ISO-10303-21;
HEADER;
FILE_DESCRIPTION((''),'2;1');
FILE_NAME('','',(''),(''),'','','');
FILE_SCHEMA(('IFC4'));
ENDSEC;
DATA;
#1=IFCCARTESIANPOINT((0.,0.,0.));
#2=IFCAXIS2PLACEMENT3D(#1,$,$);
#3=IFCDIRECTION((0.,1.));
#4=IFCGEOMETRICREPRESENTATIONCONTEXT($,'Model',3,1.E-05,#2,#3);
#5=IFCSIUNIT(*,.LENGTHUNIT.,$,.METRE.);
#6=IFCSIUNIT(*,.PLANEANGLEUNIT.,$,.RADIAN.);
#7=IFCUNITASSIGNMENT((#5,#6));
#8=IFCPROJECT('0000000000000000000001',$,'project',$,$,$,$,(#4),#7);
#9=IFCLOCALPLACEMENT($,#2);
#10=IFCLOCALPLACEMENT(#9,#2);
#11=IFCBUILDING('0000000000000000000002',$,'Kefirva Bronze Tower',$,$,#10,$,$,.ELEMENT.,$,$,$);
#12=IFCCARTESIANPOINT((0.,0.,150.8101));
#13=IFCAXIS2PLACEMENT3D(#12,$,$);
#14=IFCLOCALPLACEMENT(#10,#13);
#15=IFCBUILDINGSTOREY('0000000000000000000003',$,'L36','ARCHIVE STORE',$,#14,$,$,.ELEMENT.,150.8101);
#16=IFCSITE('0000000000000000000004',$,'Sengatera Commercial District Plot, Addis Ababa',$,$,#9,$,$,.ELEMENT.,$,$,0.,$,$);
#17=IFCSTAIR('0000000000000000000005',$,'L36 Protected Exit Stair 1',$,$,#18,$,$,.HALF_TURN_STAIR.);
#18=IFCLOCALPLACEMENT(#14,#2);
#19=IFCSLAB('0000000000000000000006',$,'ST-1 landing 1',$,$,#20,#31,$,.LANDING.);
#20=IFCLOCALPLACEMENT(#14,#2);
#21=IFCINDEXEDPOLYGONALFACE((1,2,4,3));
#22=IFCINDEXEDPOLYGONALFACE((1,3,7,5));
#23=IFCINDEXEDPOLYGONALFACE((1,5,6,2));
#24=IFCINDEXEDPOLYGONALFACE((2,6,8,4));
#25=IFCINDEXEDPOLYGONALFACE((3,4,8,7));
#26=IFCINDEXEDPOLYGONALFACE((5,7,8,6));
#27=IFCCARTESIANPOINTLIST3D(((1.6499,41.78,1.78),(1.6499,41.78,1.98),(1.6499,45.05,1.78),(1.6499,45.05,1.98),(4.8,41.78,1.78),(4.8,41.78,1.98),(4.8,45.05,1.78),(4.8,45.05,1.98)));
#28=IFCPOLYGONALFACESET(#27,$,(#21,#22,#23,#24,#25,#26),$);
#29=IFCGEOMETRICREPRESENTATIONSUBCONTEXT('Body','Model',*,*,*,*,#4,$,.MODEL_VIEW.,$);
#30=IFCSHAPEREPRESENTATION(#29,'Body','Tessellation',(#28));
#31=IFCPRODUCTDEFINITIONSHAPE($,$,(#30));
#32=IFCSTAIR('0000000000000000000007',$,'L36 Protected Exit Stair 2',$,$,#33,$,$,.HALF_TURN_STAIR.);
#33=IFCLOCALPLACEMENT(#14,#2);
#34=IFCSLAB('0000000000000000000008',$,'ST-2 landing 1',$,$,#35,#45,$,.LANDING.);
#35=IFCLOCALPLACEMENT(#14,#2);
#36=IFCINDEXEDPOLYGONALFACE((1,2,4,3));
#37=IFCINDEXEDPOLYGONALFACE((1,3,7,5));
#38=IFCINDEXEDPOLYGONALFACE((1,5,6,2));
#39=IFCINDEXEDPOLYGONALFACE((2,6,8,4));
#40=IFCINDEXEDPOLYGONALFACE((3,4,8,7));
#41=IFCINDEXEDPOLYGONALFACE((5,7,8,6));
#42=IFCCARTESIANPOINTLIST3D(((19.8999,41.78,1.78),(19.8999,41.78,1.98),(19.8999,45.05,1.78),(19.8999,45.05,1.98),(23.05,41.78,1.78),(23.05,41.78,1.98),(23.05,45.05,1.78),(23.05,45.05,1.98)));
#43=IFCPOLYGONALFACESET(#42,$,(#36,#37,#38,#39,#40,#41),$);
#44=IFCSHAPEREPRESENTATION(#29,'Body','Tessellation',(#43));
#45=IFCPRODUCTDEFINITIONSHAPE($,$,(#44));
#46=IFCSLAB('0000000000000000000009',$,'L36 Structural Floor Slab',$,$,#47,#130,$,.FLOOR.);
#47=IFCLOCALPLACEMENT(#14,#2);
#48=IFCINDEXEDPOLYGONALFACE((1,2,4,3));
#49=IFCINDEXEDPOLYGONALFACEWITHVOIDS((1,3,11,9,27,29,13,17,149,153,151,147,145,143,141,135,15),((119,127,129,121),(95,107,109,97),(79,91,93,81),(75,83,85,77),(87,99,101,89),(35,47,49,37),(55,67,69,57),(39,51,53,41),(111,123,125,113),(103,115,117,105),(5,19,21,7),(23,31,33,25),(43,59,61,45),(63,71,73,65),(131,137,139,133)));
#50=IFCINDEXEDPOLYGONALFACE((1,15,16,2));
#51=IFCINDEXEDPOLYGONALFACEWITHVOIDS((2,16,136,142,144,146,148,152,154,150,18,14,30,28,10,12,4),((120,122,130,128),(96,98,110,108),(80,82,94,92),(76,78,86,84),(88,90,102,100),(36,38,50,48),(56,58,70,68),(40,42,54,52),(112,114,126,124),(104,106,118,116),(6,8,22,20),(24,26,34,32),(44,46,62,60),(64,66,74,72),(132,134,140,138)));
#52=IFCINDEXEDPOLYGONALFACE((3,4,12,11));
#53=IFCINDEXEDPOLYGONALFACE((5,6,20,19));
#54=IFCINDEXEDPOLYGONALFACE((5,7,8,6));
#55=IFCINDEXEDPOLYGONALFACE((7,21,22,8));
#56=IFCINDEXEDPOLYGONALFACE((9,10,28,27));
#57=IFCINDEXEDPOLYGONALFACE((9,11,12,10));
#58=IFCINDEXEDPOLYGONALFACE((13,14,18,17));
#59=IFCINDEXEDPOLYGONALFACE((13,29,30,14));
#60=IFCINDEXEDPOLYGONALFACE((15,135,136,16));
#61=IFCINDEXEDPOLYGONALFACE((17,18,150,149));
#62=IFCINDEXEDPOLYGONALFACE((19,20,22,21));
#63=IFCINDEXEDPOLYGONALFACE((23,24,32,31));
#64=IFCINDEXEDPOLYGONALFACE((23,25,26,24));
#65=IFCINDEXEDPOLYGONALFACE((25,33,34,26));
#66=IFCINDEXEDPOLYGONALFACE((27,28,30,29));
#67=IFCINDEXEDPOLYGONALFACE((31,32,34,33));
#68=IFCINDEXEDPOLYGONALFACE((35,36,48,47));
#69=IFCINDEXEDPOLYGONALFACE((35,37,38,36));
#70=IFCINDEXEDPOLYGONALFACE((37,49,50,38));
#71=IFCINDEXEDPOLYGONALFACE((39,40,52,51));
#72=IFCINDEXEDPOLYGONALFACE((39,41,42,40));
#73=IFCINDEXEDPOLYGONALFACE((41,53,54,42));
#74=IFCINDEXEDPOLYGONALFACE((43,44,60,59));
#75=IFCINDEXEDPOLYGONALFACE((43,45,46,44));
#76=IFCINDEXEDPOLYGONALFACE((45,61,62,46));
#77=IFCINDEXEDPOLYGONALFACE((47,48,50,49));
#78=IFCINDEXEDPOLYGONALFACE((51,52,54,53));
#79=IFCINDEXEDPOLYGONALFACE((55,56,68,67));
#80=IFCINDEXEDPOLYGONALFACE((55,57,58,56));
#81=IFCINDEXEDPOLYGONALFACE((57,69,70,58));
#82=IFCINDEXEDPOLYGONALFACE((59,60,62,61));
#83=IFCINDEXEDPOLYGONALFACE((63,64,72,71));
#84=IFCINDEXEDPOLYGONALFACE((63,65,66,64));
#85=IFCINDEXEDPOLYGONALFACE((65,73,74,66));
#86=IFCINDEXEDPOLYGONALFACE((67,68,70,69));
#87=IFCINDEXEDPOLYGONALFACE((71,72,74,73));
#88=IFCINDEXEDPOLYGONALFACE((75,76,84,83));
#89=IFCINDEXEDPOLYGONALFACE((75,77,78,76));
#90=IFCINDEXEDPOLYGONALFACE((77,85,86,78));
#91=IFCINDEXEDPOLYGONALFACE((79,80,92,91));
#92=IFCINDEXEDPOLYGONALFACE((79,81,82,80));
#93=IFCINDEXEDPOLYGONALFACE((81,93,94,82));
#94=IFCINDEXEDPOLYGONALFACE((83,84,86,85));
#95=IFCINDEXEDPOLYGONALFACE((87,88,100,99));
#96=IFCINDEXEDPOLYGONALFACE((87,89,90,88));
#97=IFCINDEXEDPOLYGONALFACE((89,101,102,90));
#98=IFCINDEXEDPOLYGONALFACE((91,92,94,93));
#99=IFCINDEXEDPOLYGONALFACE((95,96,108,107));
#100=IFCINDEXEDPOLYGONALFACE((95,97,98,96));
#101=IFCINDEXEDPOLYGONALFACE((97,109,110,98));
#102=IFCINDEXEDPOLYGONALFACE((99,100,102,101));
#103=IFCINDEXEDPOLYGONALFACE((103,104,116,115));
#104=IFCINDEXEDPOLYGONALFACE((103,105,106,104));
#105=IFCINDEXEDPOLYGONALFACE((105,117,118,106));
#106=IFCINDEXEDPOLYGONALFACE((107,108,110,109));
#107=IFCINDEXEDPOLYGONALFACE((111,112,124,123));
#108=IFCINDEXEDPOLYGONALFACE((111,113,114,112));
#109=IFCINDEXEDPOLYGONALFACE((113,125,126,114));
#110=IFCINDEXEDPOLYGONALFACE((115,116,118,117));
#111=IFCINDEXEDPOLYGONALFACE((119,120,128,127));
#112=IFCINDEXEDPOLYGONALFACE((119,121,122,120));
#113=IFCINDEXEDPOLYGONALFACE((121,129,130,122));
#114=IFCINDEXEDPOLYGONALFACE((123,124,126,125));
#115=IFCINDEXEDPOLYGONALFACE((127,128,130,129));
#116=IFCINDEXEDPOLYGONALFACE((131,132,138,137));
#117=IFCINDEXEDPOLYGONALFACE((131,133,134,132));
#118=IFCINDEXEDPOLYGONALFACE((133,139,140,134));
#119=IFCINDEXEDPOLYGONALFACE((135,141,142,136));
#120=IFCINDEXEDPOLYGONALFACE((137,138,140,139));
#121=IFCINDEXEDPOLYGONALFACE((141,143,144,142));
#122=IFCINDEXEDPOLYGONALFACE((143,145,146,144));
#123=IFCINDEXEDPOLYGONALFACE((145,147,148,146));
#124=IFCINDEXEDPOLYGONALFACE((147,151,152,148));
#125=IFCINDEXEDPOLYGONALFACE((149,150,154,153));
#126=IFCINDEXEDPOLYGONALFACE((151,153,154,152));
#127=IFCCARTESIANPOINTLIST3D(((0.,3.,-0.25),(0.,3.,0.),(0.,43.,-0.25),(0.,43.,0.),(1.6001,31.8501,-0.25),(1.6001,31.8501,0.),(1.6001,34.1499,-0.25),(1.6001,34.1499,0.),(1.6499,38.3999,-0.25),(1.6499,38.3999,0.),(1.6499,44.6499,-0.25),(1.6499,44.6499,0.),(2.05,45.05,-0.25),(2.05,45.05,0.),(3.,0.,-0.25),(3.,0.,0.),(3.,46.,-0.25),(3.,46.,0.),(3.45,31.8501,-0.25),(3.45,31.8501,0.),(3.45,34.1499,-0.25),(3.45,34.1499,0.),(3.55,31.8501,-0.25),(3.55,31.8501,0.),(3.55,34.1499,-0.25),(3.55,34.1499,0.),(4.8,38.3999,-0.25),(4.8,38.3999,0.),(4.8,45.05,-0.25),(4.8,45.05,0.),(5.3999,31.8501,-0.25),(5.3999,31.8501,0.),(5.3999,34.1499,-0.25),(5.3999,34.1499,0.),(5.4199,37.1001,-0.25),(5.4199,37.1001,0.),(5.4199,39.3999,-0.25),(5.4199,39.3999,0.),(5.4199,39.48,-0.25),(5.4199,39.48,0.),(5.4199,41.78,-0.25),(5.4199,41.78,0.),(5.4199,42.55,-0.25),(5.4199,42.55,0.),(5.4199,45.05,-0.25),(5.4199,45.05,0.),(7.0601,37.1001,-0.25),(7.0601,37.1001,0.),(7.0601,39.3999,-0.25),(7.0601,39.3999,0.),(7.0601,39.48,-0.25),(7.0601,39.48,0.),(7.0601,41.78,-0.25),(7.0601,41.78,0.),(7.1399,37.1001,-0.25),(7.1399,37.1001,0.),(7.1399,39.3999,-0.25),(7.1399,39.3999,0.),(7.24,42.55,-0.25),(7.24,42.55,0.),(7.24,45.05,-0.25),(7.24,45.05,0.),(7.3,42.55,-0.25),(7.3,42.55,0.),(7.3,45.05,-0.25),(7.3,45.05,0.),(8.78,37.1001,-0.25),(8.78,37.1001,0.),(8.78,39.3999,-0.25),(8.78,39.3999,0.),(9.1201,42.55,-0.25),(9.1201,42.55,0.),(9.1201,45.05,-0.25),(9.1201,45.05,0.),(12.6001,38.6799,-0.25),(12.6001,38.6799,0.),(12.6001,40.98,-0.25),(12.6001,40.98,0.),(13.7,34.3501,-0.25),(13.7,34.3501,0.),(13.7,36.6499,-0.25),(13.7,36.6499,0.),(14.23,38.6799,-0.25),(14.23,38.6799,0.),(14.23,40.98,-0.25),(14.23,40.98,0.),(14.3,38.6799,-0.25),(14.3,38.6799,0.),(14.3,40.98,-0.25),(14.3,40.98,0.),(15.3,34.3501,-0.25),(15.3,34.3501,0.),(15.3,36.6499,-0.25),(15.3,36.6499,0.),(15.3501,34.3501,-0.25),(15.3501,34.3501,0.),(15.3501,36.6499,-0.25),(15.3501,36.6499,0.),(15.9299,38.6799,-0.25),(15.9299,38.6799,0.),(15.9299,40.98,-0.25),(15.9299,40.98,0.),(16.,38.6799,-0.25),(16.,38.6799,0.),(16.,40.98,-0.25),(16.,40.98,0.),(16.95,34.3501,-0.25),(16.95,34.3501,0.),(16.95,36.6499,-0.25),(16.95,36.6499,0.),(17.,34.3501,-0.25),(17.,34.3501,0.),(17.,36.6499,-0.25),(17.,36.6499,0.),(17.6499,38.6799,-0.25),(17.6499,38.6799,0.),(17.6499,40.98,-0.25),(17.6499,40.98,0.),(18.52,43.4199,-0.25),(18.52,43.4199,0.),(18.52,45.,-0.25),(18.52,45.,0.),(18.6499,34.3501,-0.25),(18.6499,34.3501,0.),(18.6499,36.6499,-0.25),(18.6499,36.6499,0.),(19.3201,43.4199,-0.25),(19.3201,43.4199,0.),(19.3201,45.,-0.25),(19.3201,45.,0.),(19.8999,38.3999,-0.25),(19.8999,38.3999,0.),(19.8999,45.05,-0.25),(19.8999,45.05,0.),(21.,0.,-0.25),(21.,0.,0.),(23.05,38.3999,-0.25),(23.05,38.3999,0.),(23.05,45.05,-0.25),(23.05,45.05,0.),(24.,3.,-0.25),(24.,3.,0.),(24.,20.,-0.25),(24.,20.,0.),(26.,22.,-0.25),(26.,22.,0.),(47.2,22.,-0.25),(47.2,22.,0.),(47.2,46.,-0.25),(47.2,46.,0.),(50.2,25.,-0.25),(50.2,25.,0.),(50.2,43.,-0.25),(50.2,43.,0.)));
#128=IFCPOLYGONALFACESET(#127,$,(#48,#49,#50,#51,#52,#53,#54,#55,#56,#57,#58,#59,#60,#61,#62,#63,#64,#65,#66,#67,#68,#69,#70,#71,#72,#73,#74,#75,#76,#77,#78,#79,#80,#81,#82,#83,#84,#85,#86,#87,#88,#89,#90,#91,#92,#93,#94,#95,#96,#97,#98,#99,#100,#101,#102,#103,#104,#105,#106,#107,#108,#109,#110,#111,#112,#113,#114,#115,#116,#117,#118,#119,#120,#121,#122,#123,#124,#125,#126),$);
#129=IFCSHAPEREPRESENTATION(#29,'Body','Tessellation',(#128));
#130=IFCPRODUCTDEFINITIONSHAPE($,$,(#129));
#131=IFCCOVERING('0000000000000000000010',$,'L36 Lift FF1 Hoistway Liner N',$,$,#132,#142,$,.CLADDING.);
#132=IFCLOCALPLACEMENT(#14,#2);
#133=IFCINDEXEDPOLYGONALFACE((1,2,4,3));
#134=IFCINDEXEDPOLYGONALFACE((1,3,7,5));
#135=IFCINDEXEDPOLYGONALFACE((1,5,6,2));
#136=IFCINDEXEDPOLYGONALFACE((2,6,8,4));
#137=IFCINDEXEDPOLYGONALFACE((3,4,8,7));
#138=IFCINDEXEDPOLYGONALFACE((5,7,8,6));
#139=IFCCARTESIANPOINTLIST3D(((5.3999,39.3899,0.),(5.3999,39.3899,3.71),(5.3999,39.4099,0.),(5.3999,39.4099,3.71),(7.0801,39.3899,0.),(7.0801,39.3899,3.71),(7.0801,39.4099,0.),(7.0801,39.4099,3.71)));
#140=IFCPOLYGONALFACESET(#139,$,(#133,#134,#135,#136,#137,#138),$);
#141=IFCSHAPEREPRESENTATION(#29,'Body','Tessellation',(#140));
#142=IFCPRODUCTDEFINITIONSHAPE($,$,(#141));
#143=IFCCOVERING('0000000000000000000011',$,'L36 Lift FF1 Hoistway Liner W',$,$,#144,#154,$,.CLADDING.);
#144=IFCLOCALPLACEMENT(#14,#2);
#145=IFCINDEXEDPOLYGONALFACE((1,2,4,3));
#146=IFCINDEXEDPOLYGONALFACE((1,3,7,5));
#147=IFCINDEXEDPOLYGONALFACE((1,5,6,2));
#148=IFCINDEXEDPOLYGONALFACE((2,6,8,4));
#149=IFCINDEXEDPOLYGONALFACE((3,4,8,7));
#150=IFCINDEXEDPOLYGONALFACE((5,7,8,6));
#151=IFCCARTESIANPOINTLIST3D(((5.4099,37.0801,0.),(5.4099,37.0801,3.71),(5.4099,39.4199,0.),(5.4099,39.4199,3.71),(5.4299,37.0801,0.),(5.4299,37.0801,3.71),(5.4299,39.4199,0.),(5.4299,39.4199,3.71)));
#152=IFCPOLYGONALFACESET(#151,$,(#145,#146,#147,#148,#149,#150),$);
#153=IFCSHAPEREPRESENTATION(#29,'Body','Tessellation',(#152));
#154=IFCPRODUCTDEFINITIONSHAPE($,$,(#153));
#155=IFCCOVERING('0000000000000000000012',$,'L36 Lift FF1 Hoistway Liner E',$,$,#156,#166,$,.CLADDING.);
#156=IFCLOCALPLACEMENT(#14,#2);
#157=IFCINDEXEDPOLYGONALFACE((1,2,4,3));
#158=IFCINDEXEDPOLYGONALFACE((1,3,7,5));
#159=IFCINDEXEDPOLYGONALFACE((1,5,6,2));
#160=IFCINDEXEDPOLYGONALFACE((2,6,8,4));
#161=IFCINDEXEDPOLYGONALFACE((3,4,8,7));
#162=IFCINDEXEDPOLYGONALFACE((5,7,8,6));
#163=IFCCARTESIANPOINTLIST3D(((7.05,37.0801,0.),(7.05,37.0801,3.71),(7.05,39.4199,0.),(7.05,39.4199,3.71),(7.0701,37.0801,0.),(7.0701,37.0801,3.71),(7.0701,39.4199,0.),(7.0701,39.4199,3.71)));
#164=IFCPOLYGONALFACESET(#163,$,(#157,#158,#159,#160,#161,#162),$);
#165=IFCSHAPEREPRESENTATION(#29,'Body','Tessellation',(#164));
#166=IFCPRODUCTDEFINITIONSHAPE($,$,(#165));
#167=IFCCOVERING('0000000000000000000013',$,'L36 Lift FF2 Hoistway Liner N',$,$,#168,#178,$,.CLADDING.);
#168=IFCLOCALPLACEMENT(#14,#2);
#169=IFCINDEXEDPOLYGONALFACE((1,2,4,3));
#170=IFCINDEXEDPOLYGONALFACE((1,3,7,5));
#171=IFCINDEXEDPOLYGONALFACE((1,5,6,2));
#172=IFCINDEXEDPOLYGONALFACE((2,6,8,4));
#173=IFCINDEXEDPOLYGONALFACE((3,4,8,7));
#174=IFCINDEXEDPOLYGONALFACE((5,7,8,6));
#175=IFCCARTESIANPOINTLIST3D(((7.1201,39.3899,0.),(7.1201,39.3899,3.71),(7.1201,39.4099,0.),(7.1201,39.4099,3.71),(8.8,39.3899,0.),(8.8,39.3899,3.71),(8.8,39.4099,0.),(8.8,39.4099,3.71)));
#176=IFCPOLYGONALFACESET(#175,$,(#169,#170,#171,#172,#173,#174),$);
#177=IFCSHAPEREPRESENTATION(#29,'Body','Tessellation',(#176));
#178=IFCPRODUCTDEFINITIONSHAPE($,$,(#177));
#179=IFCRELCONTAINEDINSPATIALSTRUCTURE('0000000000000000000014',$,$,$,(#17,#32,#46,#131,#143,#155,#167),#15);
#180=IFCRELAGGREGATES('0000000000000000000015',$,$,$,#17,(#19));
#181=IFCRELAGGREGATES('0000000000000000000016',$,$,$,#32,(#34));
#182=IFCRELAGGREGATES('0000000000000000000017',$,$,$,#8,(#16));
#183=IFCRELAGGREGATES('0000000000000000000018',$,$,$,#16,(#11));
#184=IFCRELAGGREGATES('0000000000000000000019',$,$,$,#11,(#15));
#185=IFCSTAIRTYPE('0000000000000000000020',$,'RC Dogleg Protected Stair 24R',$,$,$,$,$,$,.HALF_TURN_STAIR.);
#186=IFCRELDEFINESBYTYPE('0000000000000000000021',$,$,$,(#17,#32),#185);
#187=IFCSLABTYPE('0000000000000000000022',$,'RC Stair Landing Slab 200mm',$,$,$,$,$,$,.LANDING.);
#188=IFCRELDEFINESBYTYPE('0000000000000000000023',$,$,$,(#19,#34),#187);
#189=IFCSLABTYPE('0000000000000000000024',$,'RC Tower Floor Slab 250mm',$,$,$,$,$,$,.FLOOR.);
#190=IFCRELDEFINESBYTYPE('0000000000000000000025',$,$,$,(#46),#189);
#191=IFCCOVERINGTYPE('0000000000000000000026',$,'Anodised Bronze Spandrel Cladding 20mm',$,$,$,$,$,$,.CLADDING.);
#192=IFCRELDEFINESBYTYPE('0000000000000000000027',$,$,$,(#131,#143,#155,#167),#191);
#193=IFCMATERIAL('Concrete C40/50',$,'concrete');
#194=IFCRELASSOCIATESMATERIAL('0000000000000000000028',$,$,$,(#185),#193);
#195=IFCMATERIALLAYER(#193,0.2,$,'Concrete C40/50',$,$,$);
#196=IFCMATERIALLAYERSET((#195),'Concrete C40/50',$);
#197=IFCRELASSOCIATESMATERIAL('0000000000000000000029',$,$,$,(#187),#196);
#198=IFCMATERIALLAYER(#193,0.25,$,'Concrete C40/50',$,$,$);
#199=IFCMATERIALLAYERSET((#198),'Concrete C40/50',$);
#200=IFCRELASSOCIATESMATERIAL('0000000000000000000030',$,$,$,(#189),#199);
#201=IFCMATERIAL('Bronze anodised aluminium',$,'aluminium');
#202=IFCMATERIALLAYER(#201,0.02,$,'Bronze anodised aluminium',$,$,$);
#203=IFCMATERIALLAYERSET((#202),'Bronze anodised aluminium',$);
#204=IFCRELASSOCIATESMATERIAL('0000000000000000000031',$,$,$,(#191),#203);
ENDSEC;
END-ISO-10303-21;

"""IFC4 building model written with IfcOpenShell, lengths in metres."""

from ifc_helpers import new_model, si_unit, direction, frame, origin, place, context, subcontext, project, spatial, polyline, outline, extrude, material, layer, layer_set, type_object, element, aggregate, save


model = new_model("IFC4")

# Units and contexts
model_context = context("Model", 3, precision=1e-05, world=origin(), true_north=direction((0.0, 1.0)))
body_context = subcontext(model_context, "Body", "Model", "MODEL_VIEW")
ifc_project = project(units=[si_unit("LENGTHUNIT", "METRE"), si_unit("PLANEANGLEUNIT", "RADIAN")], contexts=[model_context])

# Site, building, storey
site_placement = place(None, origin())
site = spatial("IfcSite", under=ifc_project, at=site_placement, Name="Sengatera Commercial District Plot, Addis Ababa", CompositionType="ELEMENT", RefElevation=0.0)
building_placement = place(site_placement, origin())
building = spatial("IfcBuilding", under=site, at=building_placement, Name="Kefirva Bronze Tower", CompositionType="ELEMENT")
storey_placement = place(building_placement, frame((0.0, 0.0, 150.8101)))
storey = spatial("IfcBuildingStorey", under=building, at=storey_placement, Name="L36", Description="ARCHIVE STORE", CompositionType="ELEMENT", Elevation=150.8101)

# Stairs, slabs
ifc_material_1 = material(Name="Concrete C40/50", Category="concrete")
stair_type = type_object("IfcStairType", Name="RC Dogleg Protected Stair 24R", PredefinedType="HALF_TURN_STAIR", material=ifc_material_1)
stair_1_placement = place(storey_placement, origin())
stair_1 = element("IfcStair", 1, at=stair_1_placement, inside=storey, type_object=stair_type, Name="L36 Protected Exit Stair 1", PredefinedType="HALF_TURN_STAIR")
ifc_layer_1 = layer(ifc_material_1, 0.2, Name="Concrete C40/50")
ifc_layer_set_1 = layer_set([ifc_layer_1], Name="Concrete C40/50")
slab_type_1 = type_object("IfcSlabType", Name="RC Stair Landing Slab 200mm", PredefinedType="LANDING", material=ifc_layer_set_1)
slab_1_placement = place(storey_placement, frame((0.0, 0.0, 1.78)))
slab_1 = element("IfcSlab", 2, at=slab_1_placement, type_object=slab_type_1, Name="ST-1 landing 1", PredefinedType="LANDING", context=body_context, shape_type="SweptSolid", body=[
    extrude(outline(polyline([(4.8, 41.78), (4.8, 45.05), (1.6499, 45.05), (1.6499, 41.78), (4.8, 41.78)])), origin(), (0.0, 0.0, 1.0), 0.2),
])
aggregate(stair_1, [slab_1])
stair_2_placement = place(storey_placement, origin())
stair_2 = element("IfcStair", 3, at=stair_2_placement, inside=storey, type_object=stair_type, Name="L36 Protected Exit Stair 2", PredefinedType="HALF_TURN_STAIR")
slab_2_placement = place(storey_placement, frame((0.0, 0.0, 1.78)))
slab_2 = element("IfcSlab", 4, at=slab_2_placement, type_object=slab_type_1, Name="ST-2 landing 1", PredefinedType="LANDING", context=body_context, shape_type="SweptSolid", body=[
    extrude(outline(polyline([(23.05, 41.78), (23.05, 45.05), (19.8999, 45.05), (19.8999, 41.78), (23.05, 41.78)])), origin(), (0.0, 0.0, 1.0), 0.2),
])
aggregate(stair_2, [slab_2])

# Slab
ifc_layer_2 = layer(ifc_material_1, 0.25, Name="Concrete C40/50")
ifc_layer_set_2 = layer_set([ifc_layer_2], Name="Concrete C40/50")
slab_type_2 = type_object("IfcSlabType", Name="RC Tower Floor Slab 250mm", PredefinedType="FLOOR", material=ifc_layer_set_2)
slab_3_placement = place(storey_placement, frame((0.0, 0.0, -0.25)))
element("IfcSlab", 5, at=slab_3_placement, inside=storey, type_object=slab_type_2, Name="L36 Structural Floor Slab", PredefinedType="FLOOR", context=body_context, shape_type="SweptSolid", body=[
    extrude(outline(polyline([(0.0, 3.0), (0.0, 43.0), (1.6499, 44.6499), (1.6499, 38.3999), (4.8, 38.3999), (4.8, 45.05), (2.05, 45.05), (3.0, 46.0), (47.2, 46.0), (50.2, 43.0), (50.2, 25.0), (47.2, 22.0), (26.0, 22.0), (24.0, 20.0), (24.0, 3.0), (21.0, 0.0), (3.0, 0.0), (0.0, 3.0)]), holes=[polyline([(23.05, 38.3999), (23.05, 45.05), (19.8999, 45.05), (19.8999, 38.3999), (23.05, 38.3999)]), polyline([(19.3201, 43.4199), (19.3201, 45.0), (18.52, 45.0), (18.52, 43.4199), (19.3201, 43.4199)]), polyline([(18.6499, 34.3501), (18.6499, 36.6499), (17.0, 36.6499), (17.0, 34.3501), (18.6499, 34.3501)]), polyline([(17.6499, 38.6799), (17.6499, 40.98), (16.0, 40.98), (16.0, 38.6799), (17.6499, 38.6799)]), polyline([(16.95, 34.3501), (16.95, 36.6499), (15.3501, 36.6499), (15.3501, 34.3501), (16.95, 34.3501)]), polyline([(15.9299, 38.6799), (15.9299, 40.98), (14.3, 40.98), (14.3, 38.6799), (15.9299, 38.6799)]), polyline([(15.3, 34.3501), (15.3, 36.6499), (13.7, 36.6499), (13.7, 34.3501), (15.3, 34.3501)]), polyline([(14.23, 38.6799), (14.23, 40.98), (12.6001, 40.98), (12.6001, 38.6799), (14.23, 38.6799)]), polyline([(9.1201, 42.55), (9.1201, 45.05), (7.3, 45.05), (7.3, 42.55), (9.1201, 42.55)]), polyline([(8.78, 37.1001), (8.78, 39.3999), (7.1399, 39.3999), (7.1399, 37.1001), (8.78, 37.1001)]), polyline([(7.24, 42.55), (7.24, 45.05), (5.4199, 45.05), (5.4199, 42.55), (7.24, 42.55)]), polyline([(7.0601, 37.1001), (7.0601, 39.3999), (5.4199, 39.3999), (5.4199, 37.1001), (7.0601, 37.1001)]), polyline([(7.0601, 39.48), (7.0601, 41.78), (5.4199, 41.78), (5.4199, 39.48), (7.0601, 39.48)]), polyline([(5.3999, 31.8501), (5.3999, 34.1499), (3.55, 34.1499), (3.55, 31.8501), (5.3999, 31.8501)]), polyline([(3.45, 31.8501), (3.45, 34.1499), (1.6001, 34.1499), (1.6001, 31.8501), (3.45, 31.8501)])]), origin(), (0.0, 0.0, 1.0), 0.25),
])

# Coverings
ifc_material_2 = material(Name="Bronze anodised aluminium", Category="aluminium")
ifc_layer_3 = layer(ifc_material_2, 0.02, Name="Bronze anodised aluminium")
ifc_layer_set_3 = layer_set([ifc_layer_3], Name="Bronze anodised aluminium")
covering_type = type_object("IfcCoveringType", Name="Anodised Bronze Spandrel Cladding 20mm", PredefinedType="CLADDING", material=ifc_layer_set_3)
covering_1_placement = place(storey_placement, origin())
element("IfcCovering", 6, at=covering_1_placement, inside=storey, type_object=covering_type, Name="L36 Lift FF1 Hoistway Liner N", PredefinedType="CLADDING", context=body_context, shape_type="SweptSolid", body=[
    extrude(outline(polyline([(5.3999, 39.3899), (7.0801, 39.3899), (7.0801, 39.4099), (5.3999, 39.4099), (5.3999, 39.3899)])), origin(), (0.0, 0.0, 1.0), 3.71),
])
covering_2_placement = place(storey_placement, origin())
element("IfcCovering", 7, at=covering_2_placement, inside=storey, type_object=covering_type, Name="L36 Lift FF1 Hoistway Liner W", PredefinedType="CLADDING", context=body_context, shape_type="SweptSolid", body=[
    extrude(outline(polyline([(5.4099, 37.0801), (5.4299, 37.0801), (5.4299, 39.4199), (5.4099, 39.4199), (5.4099, 37.0801)])), origin(), (0.0, 0.0, 1.0), 3.71),
])
covering_3_placement = place(storey_placement, origin())
element("IfcCovering", 8, at=covering_3_placement, inside=storey, type_object=covering_type, Name="L36 Lift FF1 Hoistway Liner E", PredefinedType="CLADDING", context=body_context, shape_type="SweptSolid", body=[
    extrude(outline(polyline([(7.05, 37.0801), (7.0701, 37.0801), (7.0701, 39.4199), (7.05, 39.4199), (7.05, 37.0801)])), origin(), (0.0, 0.0, 1.0), 3.71),
])
covering_4_placement = place(storey_placement, origin())
element("IfcCovering", 9, at=covering_4_placement, inside=storey, type_object=covering_type, Name="L36 Lift FF2 Hoistway Liner N", PredefinedType="CLADDING", context=body_context, shape_type="SweptSolid", body=[
    extrude(outline(polyline([(7.1201, 39.3899), (8.8, 39.3899), (8.8, 39.4099), (7.1201, 39.4099), (7.1201, 39.3899)])), origin(), (0.0, 0.0, 1.0), 3.71),
])

save(model, "model.ifc")
